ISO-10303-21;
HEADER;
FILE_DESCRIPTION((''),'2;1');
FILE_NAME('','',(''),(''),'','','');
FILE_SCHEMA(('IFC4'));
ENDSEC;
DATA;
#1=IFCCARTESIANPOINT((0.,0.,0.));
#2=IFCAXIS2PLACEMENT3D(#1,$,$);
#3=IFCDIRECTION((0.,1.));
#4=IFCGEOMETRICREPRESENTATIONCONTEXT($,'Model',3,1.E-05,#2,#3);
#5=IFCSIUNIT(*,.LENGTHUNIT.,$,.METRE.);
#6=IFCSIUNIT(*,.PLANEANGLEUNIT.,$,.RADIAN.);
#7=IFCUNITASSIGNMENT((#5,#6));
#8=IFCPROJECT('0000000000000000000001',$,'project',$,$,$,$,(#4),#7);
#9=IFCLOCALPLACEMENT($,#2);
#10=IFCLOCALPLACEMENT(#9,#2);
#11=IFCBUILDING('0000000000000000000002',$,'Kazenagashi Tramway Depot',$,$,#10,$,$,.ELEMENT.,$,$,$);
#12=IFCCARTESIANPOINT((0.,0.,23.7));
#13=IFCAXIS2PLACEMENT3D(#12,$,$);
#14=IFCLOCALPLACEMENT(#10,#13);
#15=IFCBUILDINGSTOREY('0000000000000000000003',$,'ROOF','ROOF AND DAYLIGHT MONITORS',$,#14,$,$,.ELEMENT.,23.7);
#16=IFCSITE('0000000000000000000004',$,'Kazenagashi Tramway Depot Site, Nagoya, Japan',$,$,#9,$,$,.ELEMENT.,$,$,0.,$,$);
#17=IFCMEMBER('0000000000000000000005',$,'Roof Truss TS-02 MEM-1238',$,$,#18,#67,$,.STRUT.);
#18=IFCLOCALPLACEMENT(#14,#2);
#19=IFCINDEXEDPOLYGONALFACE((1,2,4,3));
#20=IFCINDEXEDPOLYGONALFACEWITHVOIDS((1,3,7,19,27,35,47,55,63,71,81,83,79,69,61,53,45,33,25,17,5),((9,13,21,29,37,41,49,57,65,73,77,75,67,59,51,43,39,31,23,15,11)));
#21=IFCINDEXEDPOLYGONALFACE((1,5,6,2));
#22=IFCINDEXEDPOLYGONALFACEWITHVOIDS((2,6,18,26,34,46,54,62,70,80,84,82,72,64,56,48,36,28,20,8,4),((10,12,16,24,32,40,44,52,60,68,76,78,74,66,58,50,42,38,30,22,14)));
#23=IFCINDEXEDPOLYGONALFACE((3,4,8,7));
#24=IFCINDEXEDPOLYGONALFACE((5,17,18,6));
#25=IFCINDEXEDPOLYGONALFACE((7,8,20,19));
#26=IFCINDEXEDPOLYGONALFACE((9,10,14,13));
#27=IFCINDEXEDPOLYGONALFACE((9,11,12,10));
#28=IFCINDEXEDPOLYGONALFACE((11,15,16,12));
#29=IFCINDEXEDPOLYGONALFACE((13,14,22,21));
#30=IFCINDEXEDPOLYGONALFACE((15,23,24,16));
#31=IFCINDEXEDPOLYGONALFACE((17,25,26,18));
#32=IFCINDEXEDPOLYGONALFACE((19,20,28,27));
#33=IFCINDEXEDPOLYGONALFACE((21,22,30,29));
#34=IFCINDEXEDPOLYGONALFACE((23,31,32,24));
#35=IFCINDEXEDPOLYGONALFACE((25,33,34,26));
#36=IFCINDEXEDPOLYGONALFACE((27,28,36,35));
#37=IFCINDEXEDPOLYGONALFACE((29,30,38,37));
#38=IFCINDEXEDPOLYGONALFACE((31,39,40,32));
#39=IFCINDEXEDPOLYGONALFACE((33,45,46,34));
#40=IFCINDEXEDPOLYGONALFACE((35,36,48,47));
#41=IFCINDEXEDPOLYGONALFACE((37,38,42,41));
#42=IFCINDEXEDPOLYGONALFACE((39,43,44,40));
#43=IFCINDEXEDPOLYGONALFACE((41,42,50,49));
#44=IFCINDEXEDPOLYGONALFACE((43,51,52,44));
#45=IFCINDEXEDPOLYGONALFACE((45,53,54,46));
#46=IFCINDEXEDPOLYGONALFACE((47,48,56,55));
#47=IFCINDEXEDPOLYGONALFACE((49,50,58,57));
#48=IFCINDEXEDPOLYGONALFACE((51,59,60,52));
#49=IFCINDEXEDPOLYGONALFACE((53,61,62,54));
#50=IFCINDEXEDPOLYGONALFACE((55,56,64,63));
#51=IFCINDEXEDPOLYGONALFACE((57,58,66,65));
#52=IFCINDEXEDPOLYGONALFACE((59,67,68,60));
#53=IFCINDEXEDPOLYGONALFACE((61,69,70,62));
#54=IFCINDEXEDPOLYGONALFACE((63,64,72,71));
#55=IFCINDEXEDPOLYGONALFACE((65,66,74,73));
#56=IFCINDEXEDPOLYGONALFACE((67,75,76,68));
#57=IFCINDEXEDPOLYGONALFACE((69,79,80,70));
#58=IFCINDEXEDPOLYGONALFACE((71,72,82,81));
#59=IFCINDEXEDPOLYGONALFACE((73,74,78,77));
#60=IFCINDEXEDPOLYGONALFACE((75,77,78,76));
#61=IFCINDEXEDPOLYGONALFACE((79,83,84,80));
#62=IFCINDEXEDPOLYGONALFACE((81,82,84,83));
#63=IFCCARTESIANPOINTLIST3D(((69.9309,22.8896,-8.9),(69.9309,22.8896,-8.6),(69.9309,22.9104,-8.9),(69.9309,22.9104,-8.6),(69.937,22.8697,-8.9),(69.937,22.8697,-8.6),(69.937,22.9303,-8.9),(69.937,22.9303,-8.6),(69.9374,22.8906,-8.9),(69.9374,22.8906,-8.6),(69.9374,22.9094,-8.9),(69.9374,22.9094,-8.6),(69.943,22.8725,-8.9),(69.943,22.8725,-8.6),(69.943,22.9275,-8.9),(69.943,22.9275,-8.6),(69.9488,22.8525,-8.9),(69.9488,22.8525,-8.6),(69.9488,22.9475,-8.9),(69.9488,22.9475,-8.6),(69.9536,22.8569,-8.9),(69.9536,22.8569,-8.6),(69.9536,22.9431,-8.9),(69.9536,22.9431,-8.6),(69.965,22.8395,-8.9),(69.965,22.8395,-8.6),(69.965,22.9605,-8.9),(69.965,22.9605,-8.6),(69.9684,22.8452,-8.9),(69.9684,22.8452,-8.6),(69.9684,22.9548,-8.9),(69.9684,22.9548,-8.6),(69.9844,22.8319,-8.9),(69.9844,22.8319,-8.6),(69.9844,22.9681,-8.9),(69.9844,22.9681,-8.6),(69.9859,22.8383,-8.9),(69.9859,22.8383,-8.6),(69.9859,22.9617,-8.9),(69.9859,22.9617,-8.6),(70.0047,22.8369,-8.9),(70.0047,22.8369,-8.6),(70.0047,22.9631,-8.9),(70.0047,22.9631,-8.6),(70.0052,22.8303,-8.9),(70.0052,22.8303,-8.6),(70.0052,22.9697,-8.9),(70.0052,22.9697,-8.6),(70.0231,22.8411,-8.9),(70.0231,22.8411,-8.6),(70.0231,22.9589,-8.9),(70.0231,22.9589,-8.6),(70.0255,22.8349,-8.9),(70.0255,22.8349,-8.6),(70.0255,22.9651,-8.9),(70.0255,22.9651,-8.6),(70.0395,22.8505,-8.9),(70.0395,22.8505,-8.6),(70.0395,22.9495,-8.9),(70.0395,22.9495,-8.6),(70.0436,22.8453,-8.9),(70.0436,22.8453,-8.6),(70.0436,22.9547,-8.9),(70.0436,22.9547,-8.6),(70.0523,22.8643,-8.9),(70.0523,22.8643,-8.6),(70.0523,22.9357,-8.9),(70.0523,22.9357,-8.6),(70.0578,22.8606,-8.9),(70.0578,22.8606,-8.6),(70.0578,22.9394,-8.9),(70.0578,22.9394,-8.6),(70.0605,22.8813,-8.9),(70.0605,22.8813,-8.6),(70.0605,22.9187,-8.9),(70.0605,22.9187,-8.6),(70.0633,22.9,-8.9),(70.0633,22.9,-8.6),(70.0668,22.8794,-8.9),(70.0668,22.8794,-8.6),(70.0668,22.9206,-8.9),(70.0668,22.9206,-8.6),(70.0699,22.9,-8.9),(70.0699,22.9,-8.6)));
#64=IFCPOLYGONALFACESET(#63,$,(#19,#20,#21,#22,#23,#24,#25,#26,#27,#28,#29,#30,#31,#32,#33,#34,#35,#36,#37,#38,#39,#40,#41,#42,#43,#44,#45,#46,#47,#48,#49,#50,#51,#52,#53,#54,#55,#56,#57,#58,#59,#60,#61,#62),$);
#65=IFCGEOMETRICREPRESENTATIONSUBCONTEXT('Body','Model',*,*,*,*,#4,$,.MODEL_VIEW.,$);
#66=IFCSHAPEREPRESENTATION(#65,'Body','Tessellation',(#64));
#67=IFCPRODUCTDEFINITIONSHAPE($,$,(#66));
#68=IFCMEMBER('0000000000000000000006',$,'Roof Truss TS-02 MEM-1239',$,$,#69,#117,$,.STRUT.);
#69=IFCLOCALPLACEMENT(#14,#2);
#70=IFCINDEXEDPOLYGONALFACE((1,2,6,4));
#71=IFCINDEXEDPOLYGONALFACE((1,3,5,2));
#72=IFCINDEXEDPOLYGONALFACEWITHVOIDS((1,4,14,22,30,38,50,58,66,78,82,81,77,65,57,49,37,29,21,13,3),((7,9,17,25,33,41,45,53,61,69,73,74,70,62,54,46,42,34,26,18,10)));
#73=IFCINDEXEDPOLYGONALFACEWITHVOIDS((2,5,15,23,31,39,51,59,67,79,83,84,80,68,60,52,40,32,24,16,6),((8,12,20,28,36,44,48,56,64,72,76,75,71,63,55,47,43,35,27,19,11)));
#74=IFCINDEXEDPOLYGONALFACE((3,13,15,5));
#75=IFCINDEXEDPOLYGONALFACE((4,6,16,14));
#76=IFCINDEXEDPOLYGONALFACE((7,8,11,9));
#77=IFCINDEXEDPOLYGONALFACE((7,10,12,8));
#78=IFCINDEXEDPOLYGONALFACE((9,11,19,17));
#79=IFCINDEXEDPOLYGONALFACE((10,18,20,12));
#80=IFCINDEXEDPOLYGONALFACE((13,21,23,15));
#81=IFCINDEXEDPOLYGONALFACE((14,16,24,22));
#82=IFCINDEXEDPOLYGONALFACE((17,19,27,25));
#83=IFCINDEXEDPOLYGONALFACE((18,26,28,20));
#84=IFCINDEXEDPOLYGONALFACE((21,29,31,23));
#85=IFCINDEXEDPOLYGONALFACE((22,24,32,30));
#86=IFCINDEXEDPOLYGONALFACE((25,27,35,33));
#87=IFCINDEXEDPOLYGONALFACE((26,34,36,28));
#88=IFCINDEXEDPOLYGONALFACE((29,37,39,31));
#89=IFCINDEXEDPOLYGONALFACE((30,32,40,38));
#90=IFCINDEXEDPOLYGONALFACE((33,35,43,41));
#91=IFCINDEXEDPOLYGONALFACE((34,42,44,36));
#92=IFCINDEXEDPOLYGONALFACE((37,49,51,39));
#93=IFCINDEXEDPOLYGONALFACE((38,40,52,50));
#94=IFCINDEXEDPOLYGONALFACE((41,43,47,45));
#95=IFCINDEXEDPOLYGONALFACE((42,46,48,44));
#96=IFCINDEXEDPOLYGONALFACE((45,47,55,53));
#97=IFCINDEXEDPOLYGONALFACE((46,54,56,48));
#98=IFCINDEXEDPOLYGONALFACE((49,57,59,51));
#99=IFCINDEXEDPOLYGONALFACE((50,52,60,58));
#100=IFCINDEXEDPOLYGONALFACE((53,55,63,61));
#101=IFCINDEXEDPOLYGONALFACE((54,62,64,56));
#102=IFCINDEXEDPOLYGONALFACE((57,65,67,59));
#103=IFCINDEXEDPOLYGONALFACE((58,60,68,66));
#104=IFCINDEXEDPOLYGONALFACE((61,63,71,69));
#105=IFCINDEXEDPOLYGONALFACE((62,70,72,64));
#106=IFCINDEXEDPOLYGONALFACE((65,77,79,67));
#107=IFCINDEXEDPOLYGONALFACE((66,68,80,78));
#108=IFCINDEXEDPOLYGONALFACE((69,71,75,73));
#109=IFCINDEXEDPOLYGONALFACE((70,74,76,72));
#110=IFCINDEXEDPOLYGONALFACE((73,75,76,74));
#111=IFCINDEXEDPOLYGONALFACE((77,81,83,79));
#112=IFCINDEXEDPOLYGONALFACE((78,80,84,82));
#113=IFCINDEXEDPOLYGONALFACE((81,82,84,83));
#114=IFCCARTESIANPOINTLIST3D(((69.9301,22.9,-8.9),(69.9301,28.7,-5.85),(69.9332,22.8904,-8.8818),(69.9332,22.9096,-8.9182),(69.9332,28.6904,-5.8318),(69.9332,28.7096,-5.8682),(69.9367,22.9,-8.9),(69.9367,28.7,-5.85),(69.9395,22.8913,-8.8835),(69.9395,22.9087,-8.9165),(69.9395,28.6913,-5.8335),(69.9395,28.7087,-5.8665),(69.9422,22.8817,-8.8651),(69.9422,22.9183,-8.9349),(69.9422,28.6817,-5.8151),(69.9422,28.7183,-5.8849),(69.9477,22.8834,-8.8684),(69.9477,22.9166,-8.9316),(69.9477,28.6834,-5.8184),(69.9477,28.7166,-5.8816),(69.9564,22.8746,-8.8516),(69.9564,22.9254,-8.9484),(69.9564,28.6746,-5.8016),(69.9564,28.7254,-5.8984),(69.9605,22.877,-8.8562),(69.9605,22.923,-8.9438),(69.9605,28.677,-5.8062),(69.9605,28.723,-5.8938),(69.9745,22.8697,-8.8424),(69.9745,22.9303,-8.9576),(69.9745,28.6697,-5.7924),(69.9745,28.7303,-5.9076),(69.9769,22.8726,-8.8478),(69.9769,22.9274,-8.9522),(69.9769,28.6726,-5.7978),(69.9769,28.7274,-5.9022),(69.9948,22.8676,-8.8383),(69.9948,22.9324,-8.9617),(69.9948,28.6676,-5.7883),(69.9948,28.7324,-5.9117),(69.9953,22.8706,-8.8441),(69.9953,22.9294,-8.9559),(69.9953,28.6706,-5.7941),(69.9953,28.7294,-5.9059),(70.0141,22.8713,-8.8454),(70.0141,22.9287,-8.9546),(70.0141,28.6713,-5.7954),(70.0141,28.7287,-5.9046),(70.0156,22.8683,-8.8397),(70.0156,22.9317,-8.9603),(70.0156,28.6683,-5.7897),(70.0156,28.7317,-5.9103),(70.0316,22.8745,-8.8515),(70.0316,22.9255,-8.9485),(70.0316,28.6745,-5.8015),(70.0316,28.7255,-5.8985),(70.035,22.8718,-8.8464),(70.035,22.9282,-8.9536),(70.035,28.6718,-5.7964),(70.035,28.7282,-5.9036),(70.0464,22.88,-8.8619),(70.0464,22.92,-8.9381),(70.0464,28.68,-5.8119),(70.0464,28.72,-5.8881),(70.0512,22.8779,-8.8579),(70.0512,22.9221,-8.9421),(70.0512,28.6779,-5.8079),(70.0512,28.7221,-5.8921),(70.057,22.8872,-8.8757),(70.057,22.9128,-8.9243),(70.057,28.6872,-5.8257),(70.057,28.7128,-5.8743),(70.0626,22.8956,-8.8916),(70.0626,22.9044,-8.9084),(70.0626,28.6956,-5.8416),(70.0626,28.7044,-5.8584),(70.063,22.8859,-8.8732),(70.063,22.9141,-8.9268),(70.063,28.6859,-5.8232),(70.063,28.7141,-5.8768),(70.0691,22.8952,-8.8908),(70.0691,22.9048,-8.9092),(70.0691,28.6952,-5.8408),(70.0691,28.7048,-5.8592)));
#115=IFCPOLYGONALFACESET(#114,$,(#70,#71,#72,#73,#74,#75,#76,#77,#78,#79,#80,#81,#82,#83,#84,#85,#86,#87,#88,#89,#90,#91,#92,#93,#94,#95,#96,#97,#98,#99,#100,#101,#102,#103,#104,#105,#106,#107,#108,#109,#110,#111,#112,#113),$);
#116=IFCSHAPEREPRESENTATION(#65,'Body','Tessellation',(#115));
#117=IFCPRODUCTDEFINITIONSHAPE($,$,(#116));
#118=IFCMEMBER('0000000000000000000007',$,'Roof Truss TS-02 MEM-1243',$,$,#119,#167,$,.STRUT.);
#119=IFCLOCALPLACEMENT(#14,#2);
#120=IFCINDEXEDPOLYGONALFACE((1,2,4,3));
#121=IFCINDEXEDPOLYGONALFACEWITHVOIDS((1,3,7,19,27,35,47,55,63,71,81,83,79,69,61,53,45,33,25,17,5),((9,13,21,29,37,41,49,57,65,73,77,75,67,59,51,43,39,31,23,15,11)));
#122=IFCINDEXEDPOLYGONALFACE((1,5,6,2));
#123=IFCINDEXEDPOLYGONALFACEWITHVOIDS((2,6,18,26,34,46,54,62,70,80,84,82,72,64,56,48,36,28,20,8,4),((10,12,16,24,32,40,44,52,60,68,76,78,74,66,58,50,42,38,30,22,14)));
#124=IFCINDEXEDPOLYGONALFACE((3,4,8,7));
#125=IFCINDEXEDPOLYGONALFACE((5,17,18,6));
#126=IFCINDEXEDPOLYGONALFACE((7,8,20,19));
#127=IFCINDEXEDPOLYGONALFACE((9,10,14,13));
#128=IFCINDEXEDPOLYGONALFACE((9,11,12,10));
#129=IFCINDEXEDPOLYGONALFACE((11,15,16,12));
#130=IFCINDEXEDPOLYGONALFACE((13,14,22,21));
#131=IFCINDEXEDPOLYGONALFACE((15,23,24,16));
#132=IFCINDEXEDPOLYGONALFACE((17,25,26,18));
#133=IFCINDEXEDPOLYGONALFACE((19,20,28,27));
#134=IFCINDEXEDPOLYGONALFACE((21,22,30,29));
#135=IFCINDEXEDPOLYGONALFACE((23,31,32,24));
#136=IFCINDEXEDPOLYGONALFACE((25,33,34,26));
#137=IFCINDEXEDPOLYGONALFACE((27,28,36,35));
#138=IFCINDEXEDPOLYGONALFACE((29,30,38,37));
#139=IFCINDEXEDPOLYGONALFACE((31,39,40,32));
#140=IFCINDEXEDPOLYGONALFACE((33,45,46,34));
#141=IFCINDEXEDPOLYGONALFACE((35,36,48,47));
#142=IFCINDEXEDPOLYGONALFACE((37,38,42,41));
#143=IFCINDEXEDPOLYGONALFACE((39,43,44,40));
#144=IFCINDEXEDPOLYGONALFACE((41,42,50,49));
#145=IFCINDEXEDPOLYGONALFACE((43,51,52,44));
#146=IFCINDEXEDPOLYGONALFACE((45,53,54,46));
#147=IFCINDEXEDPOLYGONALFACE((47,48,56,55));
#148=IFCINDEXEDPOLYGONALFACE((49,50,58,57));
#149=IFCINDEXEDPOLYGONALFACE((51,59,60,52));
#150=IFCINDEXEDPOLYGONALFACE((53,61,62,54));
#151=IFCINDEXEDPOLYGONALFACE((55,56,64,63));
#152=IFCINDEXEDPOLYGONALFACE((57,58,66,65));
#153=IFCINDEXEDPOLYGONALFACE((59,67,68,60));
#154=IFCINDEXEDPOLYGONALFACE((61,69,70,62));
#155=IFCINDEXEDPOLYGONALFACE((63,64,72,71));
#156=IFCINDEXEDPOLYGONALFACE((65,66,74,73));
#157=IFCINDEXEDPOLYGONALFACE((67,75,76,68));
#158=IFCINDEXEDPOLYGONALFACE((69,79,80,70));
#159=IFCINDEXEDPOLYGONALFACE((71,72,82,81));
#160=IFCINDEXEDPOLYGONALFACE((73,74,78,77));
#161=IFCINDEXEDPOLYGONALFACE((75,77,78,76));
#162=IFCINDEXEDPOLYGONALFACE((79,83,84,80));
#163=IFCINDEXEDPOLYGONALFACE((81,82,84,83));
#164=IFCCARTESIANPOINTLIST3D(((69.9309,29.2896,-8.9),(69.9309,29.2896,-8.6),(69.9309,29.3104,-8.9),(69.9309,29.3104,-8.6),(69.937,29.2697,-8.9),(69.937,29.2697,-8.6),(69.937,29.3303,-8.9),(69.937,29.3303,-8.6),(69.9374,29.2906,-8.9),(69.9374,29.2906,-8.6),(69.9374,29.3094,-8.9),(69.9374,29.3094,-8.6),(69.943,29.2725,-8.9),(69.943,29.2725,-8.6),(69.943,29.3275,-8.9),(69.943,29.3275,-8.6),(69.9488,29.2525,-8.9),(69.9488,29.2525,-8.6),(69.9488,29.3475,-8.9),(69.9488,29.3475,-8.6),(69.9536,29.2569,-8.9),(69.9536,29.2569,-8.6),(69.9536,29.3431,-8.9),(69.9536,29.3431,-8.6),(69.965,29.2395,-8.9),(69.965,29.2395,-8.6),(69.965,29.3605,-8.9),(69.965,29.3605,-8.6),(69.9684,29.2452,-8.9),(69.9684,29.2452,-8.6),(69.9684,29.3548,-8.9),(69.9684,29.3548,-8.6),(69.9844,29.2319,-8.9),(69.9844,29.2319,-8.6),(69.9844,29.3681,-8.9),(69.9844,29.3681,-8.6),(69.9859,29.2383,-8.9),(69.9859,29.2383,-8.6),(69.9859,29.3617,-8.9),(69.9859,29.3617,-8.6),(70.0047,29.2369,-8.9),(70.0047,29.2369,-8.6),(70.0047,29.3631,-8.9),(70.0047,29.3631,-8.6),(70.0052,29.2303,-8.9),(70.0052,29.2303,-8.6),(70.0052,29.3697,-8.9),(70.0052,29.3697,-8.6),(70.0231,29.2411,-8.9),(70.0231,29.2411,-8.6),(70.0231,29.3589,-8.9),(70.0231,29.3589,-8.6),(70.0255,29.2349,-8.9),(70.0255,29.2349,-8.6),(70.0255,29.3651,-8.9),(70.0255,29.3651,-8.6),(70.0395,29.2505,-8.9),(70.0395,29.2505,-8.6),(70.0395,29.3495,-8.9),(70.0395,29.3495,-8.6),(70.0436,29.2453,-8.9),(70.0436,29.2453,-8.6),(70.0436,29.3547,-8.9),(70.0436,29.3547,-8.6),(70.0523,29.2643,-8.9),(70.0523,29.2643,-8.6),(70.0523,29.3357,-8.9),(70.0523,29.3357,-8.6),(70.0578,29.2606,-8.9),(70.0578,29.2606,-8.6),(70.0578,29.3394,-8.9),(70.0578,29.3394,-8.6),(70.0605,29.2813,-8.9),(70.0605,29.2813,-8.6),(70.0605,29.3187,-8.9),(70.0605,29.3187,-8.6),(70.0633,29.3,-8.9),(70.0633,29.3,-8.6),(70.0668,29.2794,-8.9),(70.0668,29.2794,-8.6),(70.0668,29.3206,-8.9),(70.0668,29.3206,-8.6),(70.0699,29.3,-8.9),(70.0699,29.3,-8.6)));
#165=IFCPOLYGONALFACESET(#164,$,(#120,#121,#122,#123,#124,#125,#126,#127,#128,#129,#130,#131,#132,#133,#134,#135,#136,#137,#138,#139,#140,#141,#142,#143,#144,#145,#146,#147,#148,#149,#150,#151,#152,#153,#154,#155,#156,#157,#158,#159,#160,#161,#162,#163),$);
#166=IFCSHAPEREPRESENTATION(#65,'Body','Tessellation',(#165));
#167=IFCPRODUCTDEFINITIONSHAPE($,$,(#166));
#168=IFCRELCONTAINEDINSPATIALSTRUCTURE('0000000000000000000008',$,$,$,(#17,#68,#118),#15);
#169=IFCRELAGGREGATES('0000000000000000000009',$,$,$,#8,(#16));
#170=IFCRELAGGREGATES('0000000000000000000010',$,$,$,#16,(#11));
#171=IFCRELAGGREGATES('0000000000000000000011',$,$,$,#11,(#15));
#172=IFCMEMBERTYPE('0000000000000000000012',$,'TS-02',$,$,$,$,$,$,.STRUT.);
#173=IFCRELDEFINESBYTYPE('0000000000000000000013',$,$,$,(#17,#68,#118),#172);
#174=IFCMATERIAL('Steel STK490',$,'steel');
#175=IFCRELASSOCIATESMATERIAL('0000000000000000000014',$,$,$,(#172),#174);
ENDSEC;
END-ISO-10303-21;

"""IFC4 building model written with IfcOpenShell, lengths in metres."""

from ifc_helpers import new_model, si_unit, direction, frame, origin, origin_2d, place, context, subcontext, project, spatial, hollow_circle, extrude, material, material_profile, profile_set, type_object, element, save


model = new_model("IFC4")

# Units and contexts
model_context = context("Model", 3, precision=1e-05, world=origin(), true_north=direction((0.0, 1.0)))
body_context = subcontext(model_context, "Body", "Model", "MODEL_VIEW")
ifc_project = project(units=[si_unit("LENGTHUNIT", "METRE"), si_unit("PLANEANGLEUNIT", "RADIAN")], contexts=[model_context])

# Site, building, storey
site_placement = place(None, origin())
site = spatial("IfcSite", under=ifc_project, at=site_placement, Name="Kazenagashi Tramway Depot Site, Nagoya, Japan", CompositionType="ELEMENT", RefElevation=0.0)
building_placement = place(site_placement, origin())
building = spatial("IfcBuilding", under=site, at=building_placement, Name="Kazenagashi Tramway Depot", CompositionType="ELEMENT")
storey_placement = place(building_placement, frame((0.0, 0.0, 23.7)))
storey = spatial("IfcBuildingStorey", under=building, at=storey_placement, Name="ROOF", Description="ROOF AND DAYLIGHT MONITORS", CompositionType="ELEMENT", Elevation=23.7)

# Members
ifc_material_1 = material(Name="Steel STK490", Category="steel")
ifc_material_profile_1 = material_profile(ifc_material_1, hollow_circle(Radius=0.0699, WallThickness=0.0066, at=origin_2d()), Name="CHS-139.8x6.6")
ifc_profile_set_1 = profile_set([ifc_material_profile_1], Name="Steel STK490")
member_type_1 = type_object("IfcMemberType", Name="TS-02", PredefinedType="STRUT", material=ifc_profile_set_1)
member_1_placement = place(storey_placement, frame((70.0, 22.9, -8.9), z_axis=(0.0, 0.0, 1.0), x_axis=(1.0, 0.0, 0.0)))
element("IfcMember", 1, at=member_1_placement, inside=storey, type_object=member_type_1, Name="Roof Truss TS-02 MEM-1238", PredefinedType="STRUT", context=body_context, shape_type="SweptSolid", body=[
    extrude(hollow_circle(Radius=0.0699, WallThickness=0.0066, at=origin_2d()), origin(), (0.0, 0.0, 1.0), 0.3),
])
member_2_placement = place(storey_placement, frame((70.0, 22.9, -8.9), z_axis=(0.0, 0.885084, 0.465432), x_axis=(-1.0, 0.0, 0.0)))
element("IfcMember", 2, at=member_2_placement, inside=storey, type_object=member_type_1, Name="Roof Truss TS-02 MEM-1239", PredefinedType="STRUT", context=body_context, shape_type="SweptSolid", body=[
    extrude(hollow_circle(Radius=0.0699, WallThickness=0.0066, at=origin_2d()), origin(), (0.0, 0.0, 1.0), 6.5531),
])
member_3_placement = place(storey_placement, frame((70.0, 29.3, -8.9), z_axis=(0.0, 0.0, 1.0), x_axis=(1.0, 0.0, 0.0)))
element("IfcMember", 3, at=member_3_placement, inside=storey, type_object=member_type_1, Name="Roof Truss TS-02 MEM-1243", PredefinedType="STRUT", context=body_context, shape_type="SweptSolid", body=[
    extrude(hollow_circle(Radius=0.0699, WallThickness=0.0066, at=origin_2d()), origin(), (0.0, 0.0, 1.0), 0.3),
])

save(model, "model.ifc")
